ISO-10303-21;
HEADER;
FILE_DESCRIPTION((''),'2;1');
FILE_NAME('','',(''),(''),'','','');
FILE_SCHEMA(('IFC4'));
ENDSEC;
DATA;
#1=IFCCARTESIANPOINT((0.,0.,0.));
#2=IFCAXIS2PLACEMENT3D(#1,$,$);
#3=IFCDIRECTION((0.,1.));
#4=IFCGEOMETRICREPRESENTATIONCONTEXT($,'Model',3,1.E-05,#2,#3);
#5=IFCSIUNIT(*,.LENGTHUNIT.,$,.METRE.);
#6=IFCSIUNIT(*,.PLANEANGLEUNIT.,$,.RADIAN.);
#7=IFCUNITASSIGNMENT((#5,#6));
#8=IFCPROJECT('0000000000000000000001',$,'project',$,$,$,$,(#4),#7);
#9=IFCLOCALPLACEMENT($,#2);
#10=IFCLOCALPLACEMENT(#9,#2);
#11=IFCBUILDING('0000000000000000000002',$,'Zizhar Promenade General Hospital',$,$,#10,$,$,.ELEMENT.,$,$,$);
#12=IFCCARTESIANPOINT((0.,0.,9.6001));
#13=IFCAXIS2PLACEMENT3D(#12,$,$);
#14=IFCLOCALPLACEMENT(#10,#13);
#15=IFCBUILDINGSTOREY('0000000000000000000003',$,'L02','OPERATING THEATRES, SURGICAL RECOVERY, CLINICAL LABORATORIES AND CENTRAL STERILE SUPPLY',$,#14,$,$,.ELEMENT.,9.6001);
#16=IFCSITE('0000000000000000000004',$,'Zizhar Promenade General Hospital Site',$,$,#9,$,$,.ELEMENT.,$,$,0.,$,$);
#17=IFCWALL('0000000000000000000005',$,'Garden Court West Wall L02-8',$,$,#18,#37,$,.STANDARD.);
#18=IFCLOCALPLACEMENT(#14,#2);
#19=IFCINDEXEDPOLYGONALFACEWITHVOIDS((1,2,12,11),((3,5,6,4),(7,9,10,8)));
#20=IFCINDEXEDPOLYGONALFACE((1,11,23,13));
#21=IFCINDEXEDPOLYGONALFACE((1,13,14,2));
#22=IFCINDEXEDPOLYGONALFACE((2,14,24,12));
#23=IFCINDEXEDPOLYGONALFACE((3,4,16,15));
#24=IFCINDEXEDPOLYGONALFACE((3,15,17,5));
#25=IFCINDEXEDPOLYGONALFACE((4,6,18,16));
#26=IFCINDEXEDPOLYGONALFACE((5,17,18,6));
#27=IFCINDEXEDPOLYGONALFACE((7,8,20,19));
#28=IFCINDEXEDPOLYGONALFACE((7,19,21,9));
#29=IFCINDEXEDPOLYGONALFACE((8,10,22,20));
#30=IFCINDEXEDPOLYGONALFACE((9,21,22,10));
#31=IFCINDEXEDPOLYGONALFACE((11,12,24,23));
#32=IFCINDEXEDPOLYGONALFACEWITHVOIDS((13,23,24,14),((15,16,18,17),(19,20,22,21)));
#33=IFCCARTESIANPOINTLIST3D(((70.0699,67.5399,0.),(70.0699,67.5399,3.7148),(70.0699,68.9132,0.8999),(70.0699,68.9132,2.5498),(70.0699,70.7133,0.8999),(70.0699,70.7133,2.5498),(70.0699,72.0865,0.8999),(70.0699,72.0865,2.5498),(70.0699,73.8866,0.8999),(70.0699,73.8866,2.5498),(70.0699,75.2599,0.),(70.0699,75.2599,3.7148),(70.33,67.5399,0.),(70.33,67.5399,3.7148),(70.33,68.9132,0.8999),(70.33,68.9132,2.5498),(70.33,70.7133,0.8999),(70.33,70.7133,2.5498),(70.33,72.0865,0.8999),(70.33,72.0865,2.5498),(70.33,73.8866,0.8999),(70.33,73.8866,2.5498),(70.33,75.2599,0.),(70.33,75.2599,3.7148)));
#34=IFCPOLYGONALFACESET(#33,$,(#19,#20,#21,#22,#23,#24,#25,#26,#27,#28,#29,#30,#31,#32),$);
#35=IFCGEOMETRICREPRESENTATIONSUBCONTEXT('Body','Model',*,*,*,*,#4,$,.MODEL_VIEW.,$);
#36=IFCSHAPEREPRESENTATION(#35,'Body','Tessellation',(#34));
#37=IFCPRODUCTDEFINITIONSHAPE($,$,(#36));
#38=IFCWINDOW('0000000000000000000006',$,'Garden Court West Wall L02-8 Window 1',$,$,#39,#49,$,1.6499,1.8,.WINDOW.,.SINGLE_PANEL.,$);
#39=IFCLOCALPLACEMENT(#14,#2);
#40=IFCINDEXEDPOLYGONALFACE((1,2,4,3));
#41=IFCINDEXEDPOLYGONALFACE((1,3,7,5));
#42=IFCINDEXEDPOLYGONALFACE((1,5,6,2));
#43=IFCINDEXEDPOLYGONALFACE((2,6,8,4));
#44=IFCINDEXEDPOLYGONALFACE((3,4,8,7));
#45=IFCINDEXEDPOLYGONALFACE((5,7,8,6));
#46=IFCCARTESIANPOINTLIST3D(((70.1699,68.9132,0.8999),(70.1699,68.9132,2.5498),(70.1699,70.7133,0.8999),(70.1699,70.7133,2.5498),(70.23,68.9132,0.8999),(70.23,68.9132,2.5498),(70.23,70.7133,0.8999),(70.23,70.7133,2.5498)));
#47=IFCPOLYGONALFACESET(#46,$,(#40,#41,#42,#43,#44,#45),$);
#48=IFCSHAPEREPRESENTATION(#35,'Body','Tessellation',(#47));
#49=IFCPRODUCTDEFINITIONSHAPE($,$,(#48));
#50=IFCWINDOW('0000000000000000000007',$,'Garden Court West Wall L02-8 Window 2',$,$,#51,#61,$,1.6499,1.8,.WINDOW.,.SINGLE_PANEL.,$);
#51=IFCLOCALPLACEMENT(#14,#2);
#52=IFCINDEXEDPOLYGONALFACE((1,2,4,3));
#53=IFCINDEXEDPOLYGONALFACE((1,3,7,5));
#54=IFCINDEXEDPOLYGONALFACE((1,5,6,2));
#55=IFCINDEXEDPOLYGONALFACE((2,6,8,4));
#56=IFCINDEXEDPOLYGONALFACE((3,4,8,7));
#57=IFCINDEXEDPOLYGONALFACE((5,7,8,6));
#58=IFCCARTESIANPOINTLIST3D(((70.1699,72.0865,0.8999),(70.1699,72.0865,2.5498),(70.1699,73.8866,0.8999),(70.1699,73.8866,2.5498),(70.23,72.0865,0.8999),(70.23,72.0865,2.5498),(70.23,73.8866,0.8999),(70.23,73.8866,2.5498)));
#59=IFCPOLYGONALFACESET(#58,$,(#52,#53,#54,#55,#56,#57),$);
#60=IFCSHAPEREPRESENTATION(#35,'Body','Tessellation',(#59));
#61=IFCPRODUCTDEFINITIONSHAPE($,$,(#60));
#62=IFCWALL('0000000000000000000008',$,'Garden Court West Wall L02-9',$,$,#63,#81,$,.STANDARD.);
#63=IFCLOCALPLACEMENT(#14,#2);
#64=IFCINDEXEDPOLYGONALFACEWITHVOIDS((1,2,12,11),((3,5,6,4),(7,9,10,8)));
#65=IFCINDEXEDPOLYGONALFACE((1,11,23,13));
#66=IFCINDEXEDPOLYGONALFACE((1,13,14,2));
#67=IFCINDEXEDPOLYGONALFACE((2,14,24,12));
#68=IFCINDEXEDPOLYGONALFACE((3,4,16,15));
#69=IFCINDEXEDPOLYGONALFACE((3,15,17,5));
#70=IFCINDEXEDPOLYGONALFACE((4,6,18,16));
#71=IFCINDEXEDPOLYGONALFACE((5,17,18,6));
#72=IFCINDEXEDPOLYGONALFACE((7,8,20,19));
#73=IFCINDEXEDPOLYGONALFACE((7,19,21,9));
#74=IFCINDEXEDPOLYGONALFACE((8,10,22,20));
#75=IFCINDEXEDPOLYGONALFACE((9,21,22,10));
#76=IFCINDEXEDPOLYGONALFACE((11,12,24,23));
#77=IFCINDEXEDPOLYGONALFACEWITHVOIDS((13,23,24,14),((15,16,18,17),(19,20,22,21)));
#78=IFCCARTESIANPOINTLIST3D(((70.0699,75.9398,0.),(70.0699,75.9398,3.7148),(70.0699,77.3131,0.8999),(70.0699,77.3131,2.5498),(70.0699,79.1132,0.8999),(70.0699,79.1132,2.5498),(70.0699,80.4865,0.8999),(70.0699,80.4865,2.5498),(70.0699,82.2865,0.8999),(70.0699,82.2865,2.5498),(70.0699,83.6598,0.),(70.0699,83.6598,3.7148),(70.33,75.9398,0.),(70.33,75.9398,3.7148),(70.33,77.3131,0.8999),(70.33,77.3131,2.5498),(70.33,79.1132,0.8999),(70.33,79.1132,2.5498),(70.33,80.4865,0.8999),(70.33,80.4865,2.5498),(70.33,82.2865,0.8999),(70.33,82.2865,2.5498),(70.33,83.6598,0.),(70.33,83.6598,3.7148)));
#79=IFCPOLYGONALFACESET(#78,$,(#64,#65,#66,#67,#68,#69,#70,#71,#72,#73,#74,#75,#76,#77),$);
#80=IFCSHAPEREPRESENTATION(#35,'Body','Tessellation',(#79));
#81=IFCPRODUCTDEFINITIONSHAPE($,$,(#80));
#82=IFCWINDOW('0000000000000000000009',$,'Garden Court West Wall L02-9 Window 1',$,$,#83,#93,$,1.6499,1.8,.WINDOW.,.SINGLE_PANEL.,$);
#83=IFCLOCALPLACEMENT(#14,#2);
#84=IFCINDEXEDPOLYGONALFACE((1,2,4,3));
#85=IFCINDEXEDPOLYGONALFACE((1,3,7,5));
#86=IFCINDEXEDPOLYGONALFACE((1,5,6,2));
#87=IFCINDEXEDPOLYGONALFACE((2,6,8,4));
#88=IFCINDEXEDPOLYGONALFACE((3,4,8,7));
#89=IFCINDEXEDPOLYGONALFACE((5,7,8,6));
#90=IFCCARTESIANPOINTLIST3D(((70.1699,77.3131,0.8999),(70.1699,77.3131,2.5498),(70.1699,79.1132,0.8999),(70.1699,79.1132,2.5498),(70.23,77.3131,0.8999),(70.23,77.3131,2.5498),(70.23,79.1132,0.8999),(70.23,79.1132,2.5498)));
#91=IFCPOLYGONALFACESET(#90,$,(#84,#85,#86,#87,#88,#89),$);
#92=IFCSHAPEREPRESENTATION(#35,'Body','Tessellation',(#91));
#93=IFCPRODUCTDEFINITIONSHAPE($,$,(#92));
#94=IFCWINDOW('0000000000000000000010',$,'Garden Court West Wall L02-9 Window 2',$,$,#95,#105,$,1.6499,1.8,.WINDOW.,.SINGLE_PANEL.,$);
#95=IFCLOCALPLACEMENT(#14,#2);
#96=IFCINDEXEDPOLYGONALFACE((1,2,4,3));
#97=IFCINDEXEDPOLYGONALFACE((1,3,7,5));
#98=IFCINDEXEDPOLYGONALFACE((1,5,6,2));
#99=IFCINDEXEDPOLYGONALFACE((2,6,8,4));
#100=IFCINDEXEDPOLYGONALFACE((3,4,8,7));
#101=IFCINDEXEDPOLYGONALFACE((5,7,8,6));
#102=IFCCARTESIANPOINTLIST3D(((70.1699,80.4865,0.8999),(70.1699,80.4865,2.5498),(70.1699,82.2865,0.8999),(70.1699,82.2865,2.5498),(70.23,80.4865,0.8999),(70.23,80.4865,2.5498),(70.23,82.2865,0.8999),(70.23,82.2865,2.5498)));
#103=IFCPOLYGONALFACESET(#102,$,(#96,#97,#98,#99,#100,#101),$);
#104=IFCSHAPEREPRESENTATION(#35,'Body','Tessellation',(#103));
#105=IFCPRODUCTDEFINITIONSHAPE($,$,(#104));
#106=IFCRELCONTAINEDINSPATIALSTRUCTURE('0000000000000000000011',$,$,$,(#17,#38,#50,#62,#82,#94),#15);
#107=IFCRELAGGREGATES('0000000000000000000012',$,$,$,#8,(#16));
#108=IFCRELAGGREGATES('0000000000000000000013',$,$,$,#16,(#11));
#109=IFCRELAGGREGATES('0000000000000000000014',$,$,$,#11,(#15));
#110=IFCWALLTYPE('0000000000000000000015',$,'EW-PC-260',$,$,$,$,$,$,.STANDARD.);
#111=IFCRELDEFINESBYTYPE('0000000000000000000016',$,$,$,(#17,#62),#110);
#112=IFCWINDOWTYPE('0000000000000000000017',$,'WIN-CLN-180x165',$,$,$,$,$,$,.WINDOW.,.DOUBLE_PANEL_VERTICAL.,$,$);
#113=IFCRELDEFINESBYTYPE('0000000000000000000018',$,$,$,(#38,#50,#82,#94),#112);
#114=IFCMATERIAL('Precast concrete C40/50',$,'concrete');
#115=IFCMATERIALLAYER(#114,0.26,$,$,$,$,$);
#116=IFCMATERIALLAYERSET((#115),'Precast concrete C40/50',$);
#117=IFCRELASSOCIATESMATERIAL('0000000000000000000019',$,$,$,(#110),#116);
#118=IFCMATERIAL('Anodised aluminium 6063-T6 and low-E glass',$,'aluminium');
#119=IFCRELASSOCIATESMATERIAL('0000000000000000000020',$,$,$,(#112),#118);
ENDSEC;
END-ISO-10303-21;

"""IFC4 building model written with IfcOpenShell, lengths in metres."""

from ifc_helpers import new_model, si_unit, direction, frame, frame_2d, origin, place, context, subcontext, project, spatial, rectangle, extrude, material, layer, layer_set, type_object, element, fill, save


model = new_model("IFC4")

# Units and contexts
model_context = context("Model", 3, precision=1e-05, world=origin(), true_north=direction((0.0, 1.0)))
body_context = subcontext(model_context, "Body", "Model", "MODEL_VIEW")
ifc_project = project(units=[si_unit("LENGTHUNIT", "METRE"), si_unit("PLANEANGLEUNIT", "RADIAN")], contexts=[model_context])

# Site, building, storey
site_placement = place(None, origin())
site = spatial("IfcSite", under=ifc_project, at=site_placement, Name="Zizhar Promenade General Hospital Site", CompositionType="ELEMENT", RefElevation=0.0)
building_placement = place(site_placement, origin())
building = spatial("IfcBuilding", under=site, at=building_placement, Name="Zizhar Promenade General Hospital", CompositionType="ELEMENT")
storey_placement = place(building_placement, frame((0.0, 0.0, 9.6001)))
storey = spatial("IfcBuildingStorey", under=building, at=storey_placement, Name="L02", Description="OPERATING THEATRES, SURGICAL RECOVERY, CLINICAL LABORATORIES AND CENTRAL STERILE SUPPLY", CompositionType="ELEMENT", Elevation=9.6001)

# Walls, openings, windows
ifc_material_1 = material(Name="Precast concrete C40/50", Category="concrete")
ifc_layer_1 = layer(ifc_material_1, 0.26)
ifc_layer_set_1 = layer_set([ifc_layer_1], Name="Precast concrete C40/50")
wall_type = type_object("IfcWallType", Name="EW-PC-260", PredefinedType="STANDARD", material=ifc_layer_set_1)
ifc_material_2 = material(Name="Anodised aluminium 6063-T6 and low-E glass", Category="aluminium")
window_type = type_object("IfcWindowType", Name="WIN-CLN-180x165", PartitioningType="DOUBLE_PANEL_VERTICAL", PredefinedType="WINDOW", material=ifc_material_2)
wall_1_placement = place(storey_placement, frame((70.2, 67.54, 0.0), z_axis=(0.0, 0.0, 1.0), x_axis=(0.0, 1.0, 0.0)))
wall_1 = element("IfcWall", 1, at=wall_1_placement, inside=storey, type_object=wall_type, Name="Garden Court West Wall L02-8", PredefinedType="STANDARD", context=body_context, shape_type="SweptSolid", body=[
    extrude(rectangle(XDim=7.72, YDim=0.26, at=frame_2d((3.8599, 0.0))), origin(), (0.0, 0.0, 1.0), 3.7148),
])
opening_1_placement = place(wall_1_placement, frame((1.3733, 0.0, 0.8999)))
opening_1 = element("IfcOpeningElement", 2, at=opening_1_placement, cuts=wall_1, PredefinedType="OPENING", context=body_context, shape_type="SweptSolid", body=[
    extrude(rectangle(XDim=1.8, YDim=1.6499, at=frame_2d((0.8999, 0.825))), frame((0.0, 0.1401, 0.0), z_axis=(0.0, -1.0, 0.0), x_axis=(1.0, 0.0, 0.0)), (0.0, 0.0, 1.0), 0.28),
])
opening_2_placement = place(wall_1_placement, frame((4.5466, 0.0, 0.8999)))
opening_2 = element("IfcOpeningElement", 3, at=opening_2_placement, cuts=wall_1, PredefinedType="OPENING", context=body_context, shape_type="SweptSolid", body=[
    extrude(rectangle(XDim=1.8, YDim=1.6499, at=frame_2d((0.8999, 0.825))), frame((0.0, 0.1401, 0.0), z_axis=(0.0, -1.0, 0.0), x_axis=(1.0, 0.0, 0.0)), (0.0, 0.0, 1.0), 0.28),
])
window_1_placement = place(opening_1_placement, origin())
window_1 = element("IfcWindow", 4, at=window_1_placement, inside=storey, type_object=window_type, Name="Garden Court West Wall L02-8 Window 1", OverallHeight=1.6499, OverallWidth=1.8, PartitioningType="SINGLE_PANEL", PredefinedType="WINDOW", context=body_context, shape_type="SweptSolid", body=[
    extrude(rectangle(XDim=1.8, YDim=1.6499, at=frame_2d((0.8999, 0.825))), frame((0.0, 0.03, 0.0), z_axis=(0.0, -1.0, 0.0), x_axis=(1.0, 0.0, 0.0)), (0.0, 0.0, 1.0), 0.0601),
])
fill(opening_1, window_1)
window_2_placement = place(opening_2_placement, origin())
window_2 = element("IfcWindow", 5, at=window_2_placement, inside=storey, type_object=window_type, Name="Garden Court West Wall L02-8 Window 2", OverallHeight=1.6499, OverallWidth=1.8, PartitioningType="SINGLE_PANEL", PredefinedType="WINDOW", context=body_context, shape_type="SweptSolid", body=[
    extrude(rectangle(XDim=1.8, YDim=1.6499, at=frame_2d((0.8999, 0.825))), frame((0.0, 0.03, 0.0), z_axis=(0.0, -1.0, 0.0), x_axis=(1.0, 0.0, 0.0)), (0.0, 0.0, 1.0), 0.0601),
])
fill(opening_2, window_2)
wall_2_placement = place(storey_placement, frame((70.2, 75.9399, 0.0), z_axis=(0.0, 0.0, 1.0), x_axis=(0.0, 1.0, 0.0)))
wall_2 = element("IfcWall", 6, at=wall_2_placement, inside=storey, type_object=wall_type, Name="Garden Court West Wall L02-9", PredefinedType="STANDARD", context=body_context, shape_type="SweptSolid", body=[
    extrude(rectangle(XDim=7.72, YDim=0.26, at=frame_2d((3.8599, 0.0))), origin(), (0.0, 0.0, 1.0), 3.7148),
])
opening_3_placement = place(wall_2_placement, frame((1.3733, 0.0, 0.8999)))
opening_3 = element("IfcOpeningElement", 7, at=opening_3_placement, cuts=wall_2, PredefinedType="OPENING", context=body_context, shape_type="SweptSolid", body=[
    extrude(rectangle(XDim=1.8, YDim=1.6499, at=frame_2d((0.8999, 0.825))), frame((0.0, 0.1401, 0.0), z_axis=(0.0, -1.0, 0.0), x_axis=(1.0, 0.0, 0.0)), (0.0, 0.0, 1.0), 0.28),
])
opening_4_placement = place(wall_2_placement, frame((4.5466, 0.0, 0.8999)))
opening_4 = element("IfcOpeningElement", 8, at=opening_4_placement, cuts=wall_2, PredefinedType="OPENING", context=body_context, shape_type="SweptSolid", body=[
    extrude(rectangle(XDim=1.8, YDim=1.6499, at=frame_2d((0.8999, 0.825))), frame((0.0, 0.1401, 0.0), z_axis=(0.0, -1.0, 0.0), x_axis=(1.0, 0.0, 0.0)), (0.0, 0.0, 1.0), 0.28),
])
window_3_placement = place(opening_3_placement, origin())
window_3 = element("IfcWindow", 9, at=window_3_placement, inside=storey, type_object=window_type, Name="Garden Court West Wall L02-9 Window 1", OverallHeight=1.6499, OverallWidth=1.8, PartitioningType="SINGLE_PANEL", PredefinedType="WINDOW", context=body_context, shape_type="SweptSolid", body=[
    extrude(rectangle(XDim=1.8, YDim=1.6499, at=frame_2d((0.8999, 0.825))), frame((0.0, 0.03, 0.0), z_axis=(0.0, -1.0, 0.0), x_axis=(1.0, 0.0, 0.0)), (0.0, 0.0, 1.0), 0.0601),
])
fill(opening_3, window_3)
window_4_placement = place(opening_4_placement, origin())
window_4 = element("IfcWindow", 10, at=window_4_placement, inside=storey, type_object=window_type, Name="Garden Court West Wall L02-9 Window 2", OverallHeight=1.6499, OverallWidth=1.8, PartitioningType="SINGLE_PANEL", PredefinedType="WINDOW", context=body_context, shape_type="SweptSolid", body=[
    extrude(rectangle(XDim=1.8, YDim=1.6499, at=frame_2d((0.8999, 0.825))), frame((0.0, 0.03, 0.0), z_axis=(0.0, -1.0, 0.0), x_axis=(1.0, 0.0, 0.0)), (0.0, 0.0, 1.0), 0.0601),
])
fill(opening_4, window_4)

save(model, "model.ifc")
